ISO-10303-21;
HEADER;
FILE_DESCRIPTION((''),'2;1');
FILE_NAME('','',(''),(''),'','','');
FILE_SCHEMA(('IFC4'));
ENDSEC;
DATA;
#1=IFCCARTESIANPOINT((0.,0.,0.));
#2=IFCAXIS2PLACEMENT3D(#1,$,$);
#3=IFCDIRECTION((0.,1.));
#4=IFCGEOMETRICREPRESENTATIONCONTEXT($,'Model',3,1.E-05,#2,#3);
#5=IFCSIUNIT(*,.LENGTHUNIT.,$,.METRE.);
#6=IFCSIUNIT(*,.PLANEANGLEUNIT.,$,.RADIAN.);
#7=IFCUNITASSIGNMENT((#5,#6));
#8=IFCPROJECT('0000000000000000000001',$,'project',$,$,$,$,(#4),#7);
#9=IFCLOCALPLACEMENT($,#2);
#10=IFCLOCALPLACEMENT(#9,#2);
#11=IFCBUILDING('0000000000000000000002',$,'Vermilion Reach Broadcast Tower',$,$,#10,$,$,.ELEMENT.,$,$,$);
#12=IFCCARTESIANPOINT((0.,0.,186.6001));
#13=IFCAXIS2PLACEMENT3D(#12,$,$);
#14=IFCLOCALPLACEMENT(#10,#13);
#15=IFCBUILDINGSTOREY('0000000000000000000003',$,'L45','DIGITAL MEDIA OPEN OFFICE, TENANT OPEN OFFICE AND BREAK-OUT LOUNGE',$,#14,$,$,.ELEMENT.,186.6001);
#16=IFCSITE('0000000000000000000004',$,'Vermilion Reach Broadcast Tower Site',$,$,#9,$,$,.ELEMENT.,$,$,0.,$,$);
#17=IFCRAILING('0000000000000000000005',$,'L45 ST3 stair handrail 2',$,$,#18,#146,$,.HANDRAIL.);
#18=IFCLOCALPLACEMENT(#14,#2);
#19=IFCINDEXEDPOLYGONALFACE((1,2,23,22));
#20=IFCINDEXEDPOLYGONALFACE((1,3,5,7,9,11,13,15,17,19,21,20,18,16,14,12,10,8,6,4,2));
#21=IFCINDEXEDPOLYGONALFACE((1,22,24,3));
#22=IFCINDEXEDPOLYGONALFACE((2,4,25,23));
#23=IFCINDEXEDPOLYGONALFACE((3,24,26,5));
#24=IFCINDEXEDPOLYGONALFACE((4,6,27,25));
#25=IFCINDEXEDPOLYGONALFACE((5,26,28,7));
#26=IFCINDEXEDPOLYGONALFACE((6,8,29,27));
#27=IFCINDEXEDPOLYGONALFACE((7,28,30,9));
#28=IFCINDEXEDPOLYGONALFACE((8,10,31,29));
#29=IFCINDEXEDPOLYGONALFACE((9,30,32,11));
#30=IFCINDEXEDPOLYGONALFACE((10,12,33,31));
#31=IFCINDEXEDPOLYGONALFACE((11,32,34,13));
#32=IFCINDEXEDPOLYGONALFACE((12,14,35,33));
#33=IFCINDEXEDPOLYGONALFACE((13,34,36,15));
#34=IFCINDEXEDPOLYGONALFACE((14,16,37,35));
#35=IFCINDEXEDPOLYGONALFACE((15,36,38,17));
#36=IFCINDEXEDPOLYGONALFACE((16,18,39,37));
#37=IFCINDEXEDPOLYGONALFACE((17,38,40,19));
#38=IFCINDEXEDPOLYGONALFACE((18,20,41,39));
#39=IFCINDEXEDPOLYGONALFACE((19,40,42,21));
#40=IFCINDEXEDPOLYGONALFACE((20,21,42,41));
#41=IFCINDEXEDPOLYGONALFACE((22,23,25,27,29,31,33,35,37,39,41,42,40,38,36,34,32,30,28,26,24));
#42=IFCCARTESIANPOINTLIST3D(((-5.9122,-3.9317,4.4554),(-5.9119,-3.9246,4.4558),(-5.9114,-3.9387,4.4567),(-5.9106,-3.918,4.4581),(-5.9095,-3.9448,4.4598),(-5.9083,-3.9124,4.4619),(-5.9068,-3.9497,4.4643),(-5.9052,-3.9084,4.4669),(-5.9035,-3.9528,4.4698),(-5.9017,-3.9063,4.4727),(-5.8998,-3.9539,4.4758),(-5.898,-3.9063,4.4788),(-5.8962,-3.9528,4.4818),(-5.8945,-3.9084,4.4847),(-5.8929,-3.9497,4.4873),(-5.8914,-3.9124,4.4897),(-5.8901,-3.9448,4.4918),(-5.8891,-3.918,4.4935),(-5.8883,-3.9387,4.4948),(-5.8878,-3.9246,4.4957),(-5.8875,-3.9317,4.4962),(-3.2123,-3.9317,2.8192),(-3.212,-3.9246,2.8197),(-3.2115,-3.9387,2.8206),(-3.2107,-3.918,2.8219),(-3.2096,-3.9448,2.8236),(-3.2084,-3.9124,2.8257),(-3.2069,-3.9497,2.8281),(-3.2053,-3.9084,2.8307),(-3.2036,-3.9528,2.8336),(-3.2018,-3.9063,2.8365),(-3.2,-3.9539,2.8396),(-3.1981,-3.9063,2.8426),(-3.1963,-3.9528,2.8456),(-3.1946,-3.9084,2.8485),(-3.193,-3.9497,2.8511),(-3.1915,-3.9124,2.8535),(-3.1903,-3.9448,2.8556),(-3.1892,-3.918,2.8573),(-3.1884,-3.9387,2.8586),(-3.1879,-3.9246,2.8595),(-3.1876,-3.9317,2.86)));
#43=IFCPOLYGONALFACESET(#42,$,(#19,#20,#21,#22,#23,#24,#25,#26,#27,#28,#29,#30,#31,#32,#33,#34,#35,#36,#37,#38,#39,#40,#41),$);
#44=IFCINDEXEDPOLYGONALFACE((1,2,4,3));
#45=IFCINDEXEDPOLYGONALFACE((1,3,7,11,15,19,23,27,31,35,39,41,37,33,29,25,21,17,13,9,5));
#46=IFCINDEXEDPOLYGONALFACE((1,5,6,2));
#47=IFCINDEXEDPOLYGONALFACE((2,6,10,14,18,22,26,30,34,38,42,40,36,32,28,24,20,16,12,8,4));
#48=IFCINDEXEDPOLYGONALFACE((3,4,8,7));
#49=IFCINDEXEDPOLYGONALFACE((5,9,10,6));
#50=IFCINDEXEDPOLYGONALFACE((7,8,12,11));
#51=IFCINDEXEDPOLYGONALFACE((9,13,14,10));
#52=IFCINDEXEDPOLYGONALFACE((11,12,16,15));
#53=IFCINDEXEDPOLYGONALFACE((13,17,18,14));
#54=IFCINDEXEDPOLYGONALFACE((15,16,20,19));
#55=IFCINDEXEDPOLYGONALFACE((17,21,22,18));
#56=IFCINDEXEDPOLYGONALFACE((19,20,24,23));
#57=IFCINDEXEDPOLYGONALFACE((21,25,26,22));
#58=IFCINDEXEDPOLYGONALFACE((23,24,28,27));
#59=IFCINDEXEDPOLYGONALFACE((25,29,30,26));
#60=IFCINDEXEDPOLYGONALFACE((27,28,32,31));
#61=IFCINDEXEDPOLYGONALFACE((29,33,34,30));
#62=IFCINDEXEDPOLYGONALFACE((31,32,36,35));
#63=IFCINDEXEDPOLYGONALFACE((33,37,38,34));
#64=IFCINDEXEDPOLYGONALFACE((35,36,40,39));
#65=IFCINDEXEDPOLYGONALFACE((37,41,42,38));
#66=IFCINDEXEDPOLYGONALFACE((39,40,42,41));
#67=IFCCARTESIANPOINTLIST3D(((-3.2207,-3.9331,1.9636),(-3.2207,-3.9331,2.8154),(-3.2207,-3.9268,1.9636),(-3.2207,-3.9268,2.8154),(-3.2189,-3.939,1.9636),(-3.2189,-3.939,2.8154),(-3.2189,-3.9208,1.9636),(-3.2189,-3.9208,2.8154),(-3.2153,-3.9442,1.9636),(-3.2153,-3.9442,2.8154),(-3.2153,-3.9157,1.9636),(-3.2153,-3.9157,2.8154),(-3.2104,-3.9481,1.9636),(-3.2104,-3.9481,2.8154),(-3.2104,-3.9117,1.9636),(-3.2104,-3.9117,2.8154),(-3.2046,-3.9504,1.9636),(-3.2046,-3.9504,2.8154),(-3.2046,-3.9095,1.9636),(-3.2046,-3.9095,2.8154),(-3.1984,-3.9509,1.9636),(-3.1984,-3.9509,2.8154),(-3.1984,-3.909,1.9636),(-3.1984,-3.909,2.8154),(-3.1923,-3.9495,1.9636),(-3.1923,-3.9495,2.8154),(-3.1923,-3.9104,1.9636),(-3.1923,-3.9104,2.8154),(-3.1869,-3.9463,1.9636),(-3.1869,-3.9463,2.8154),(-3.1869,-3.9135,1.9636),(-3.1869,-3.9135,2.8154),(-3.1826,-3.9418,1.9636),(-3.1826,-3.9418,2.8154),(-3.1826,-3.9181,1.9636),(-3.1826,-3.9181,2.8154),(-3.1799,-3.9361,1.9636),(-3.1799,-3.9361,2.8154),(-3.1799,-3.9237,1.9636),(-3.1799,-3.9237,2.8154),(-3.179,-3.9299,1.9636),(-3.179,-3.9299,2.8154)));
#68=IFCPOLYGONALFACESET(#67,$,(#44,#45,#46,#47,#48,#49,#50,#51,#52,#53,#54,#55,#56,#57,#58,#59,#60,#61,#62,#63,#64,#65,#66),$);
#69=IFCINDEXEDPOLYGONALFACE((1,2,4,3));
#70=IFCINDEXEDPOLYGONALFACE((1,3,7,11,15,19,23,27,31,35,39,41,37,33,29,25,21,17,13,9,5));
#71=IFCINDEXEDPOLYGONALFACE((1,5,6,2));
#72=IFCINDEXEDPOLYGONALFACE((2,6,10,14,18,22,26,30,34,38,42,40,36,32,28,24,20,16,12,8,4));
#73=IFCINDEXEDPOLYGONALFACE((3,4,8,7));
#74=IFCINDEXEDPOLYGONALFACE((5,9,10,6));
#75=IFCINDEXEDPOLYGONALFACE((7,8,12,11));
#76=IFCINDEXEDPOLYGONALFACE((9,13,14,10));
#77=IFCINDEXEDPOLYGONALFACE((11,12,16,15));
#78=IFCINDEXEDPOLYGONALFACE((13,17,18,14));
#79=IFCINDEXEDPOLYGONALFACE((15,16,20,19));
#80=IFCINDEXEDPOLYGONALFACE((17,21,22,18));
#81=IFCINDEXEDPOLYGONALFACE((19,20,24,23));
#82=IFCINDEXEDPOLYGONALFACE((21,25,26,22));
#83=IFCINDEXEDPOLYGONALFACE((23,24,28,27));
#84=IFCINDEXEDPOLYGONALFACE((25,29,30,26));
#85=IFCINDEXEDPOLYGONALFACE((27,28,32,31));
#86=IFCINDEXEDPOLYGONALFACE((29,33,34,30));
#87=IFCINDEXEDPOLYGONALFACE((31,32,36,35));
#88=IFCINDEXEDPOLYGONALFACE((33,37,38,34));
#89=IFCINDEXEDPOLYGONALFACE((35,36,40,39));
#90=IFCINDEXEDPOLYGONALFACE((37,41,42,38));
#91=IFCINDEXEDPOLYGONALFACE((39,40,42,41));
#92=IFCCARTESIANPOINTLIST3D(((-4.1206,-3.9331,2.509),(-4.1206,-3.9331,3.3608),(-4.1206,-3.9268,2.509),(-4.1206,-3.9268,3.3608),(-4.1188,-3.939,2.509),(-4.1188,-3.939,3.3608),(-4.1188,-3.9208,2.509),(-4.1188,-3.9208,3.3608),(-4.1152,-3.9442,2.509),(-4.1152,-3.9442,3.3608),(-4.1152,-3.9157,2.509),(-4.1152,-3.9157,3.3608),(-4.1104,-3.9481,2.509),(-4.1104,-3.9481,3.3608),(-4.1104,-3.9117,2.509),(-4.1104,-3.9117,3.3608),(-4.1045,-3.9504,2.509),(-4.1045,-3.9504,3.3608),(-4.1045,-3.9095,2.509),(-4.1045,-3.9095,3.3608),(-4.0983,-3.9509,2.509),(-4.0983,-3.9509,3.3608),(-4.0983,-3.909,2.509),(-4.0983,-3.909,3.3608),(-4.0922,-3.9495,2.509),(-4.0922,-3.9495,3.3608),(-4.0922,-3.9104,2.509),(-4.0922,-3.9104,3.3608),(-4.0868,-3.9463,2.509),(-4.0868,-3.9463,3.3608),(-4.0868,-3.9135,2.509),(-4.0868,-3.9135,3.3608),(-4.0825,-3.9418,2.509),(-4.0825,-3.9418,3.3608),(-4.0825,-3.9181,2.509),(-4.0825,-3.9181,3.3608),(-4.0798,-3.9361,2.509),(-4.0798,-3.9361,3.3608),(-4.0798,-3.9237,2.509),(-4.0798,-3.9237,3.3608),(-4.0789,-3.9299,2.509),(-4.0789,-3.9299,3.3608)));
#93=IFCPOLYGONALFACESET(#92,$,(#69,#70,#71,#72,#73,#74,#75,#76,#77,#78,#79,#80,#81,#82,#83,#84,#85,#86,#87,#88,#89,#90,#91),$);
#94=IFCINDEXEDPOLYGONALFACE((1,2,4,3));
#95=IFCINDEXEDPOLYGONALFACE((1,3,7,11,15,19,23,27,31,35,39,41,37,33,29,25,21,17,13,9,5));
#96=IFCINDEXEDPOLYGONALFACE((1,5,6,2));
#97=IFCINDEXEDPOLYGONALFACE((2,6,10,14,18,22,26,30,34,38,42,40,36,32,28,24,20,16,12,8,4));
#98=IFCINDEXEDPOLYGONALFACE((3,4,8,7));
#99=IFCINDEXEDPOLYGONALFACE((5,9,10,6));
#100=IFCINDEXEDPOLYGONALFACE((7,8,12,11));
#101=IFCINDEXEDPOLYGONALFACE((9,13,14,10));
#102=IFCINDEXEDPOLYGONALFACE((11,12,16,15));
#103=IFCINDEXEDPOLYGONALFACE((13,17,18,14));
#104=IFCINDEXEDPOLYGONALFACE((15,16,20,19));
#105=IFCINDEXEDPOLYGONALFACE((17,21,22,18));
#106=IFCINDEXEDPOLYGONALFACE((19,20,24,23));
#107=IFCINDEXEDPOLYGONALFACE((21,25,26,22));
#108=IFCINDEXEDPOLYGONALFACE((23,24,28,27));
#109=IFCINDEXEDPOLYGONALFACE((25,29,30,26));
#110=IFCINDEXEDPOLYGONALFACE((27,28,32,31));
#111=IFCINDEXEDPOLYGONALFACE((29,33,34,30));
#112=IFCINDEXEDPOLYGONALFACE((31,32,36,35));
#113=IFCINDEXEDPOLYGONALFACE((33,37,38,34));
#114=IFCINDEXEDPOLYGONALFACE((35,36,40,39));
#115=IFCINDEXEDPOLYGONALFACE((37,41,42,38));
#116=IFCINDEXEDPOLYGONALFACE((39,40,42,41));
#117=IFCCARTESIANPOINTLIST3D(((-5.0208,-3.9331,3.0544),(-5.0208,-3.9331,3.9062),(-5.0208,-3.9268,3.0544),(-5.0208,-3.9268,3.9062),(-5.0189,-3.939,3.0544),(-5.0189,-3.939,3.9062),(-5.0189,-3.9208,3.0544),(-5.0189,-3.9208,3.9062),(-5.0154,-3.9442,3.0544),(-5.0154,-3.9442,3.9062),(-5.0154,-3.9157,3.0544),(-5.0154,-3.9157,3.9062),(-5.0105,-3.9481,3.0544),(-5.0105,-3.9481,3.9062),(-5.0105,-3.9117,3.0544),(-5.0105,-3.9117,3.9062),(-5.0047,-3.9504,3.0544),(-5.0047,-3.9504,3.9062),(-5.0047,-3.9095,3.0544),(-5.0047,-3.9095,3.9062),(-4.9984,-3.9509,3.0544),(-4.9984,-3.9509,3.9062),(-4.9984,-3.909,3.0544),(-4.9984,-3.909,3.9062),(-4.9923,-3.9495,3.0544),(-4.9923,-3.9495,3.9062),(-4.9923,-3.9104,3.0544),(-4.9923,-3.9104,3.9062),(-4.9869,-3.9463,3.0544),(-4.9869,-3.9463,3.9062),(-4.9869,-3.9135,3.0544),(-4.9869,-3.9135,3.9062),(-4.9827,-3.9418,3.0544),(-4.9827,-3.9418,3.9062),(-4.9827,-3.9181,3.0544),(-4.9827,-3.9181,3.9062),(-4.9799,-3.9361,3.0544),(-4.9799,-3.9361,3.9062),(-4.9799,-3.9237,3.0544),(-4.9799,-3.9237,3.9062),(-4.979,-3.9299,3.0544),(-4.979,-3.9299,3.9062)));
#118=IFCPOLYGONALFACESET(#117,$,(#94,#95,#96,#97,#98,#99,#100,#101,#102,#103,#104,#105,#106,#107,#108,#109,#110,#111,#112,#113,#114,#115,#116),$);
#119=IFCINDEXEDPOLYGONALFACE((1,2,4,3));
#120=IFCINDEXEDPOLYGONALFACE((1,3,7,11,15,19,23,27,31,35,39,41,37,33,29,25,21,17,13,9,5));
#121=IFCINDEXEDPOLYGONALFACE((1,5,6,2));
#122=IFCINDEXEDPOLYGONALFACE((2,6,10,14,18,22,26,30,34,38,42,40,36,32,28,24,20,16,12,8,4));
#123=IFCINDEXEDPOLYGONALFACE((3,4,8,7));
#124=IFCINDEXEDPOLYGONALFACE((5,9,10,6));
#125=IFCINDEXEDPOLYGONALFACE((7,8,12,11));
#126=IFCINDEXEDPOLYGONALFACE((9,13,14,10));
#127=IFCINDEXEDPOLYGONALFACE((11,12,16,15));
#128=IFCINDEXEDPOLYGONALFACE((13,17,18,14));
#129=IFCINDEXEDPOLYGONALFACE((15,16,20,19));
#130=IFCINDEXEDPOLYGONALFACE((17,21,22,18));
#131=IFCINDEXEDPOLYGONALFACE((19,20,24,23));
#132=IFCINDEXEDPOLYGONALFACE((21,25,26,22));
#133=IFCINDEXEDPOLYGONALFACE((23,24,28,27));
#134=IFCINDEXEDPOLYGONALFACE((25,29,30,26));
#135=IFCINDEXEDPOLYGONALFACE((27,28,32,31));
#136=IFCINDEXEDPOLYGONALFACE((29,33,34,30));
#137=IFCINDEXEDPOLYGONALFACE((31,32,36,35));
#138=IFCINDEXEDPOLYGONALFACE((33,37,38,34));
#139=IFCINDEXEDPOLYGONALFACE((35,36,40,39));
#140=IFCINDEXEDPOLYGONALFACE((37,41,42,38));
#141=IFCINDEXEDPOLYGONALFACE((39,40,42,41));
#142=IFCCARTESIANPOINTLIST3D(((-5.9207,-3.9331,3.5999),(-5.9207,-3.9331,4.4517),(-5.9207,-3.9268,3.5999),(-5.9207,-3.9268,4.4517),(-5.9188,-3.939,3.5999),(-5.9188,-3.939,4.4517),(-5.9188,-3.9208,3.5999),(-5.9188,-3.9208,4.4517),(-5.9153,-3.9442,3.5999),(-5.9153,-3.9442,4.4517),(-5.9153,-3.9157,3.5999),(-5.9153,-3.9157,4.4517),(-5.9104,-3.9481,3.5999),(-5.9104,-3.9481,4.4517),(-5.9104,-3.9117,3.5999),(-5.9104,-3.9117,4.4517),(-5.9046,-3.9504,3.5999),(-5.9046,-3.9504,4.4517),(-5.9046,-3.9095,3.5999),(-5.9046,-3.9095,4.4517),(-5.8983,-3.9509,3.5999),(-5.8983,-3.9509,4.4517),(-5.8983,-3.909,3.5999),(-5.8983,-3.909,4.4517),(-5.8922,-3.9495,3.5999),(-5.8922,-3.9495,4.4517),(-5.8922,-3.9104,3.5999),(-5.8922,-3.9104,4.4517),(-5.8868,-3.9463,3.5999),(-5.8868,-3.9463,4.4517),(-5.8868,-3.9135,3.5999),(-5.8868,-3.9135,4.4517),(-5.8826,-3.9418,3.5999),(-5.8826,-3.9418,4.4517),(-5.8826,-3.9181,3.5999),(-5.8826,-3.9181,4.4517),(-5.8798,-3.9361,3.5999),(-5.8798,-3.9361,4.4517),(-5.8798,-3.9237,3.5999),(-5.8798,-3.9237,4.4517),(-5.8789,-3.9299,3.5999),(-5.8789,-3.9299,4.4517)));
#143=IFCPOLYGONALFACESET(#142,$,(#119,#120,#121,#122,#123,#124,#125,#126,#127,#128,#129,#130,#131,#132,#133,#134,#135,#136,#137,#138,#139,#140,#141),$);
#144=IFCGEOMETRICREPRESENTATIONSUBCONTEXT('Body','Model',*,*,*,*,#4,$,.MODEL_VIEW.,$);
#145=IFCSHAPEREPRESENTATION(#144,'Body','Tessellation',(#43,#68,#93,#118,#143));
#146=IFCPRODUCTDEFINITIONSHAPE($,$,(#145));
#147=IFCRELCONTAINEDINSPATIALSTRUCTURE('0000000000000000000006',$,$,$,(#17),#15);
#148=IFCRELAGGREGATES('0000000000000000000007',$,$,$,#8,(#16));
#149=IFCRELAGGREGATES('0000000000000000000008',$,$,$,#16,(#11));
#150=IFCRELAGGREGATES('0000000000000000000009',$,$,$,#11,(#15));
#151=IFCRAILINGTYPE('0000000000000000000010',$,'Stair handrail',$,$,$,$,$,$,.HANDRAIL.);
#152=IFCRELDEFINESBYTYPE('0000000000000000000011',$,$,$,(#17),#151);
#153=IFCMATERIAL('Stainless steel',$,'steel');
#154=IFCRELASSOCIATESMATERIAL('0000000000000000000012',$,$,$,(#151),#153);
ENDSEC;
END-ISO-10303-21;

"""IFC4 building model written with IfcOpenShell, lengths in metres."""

from ifc_helpers import new_model, si_unit, direction, frame, origin, origin_2d, place, context, subcontext, project, spatial, circle, extrude, material, type_object, element, save


model = new_model("IFC4")

# Units and contexts
model_context = context("Model", 3, precision=1e-05, world=origin(), true_north=direction((0.0, 1.0)))
body_context = subcontext(model_context, "Body", "Model", "MODEL_VIEW")
ifc_project = project(units=[si_unit("LENGTHUNIT", "METRE"), si_unit("PLANEANGLEUNIT", "RADIAN")], contexts=[model_context])

# Site, building, storey
site_placement = place(None, origin())
site = spatial("IfcSite", under=ifc_project, at=site_placement, Name="Vermilion Reach Broadcast Tower Site", CompositionType="ELEMENT", RefElevation=0.0)
building_placement = place(site_placement, origin())
building = spatial("IfcBuilding", under=site, at=building_placement, Name="Vermilion Reach Broadcast Tower", CompositionType="ELEMENT")
storey_placement = place(building_placement, frame((0.0, 0.0, 186.6001)))
storey = spatial("IfcBuildingStorey", under=building, at=storey_placement, Name="L45", Description="DIGITAL MEDIA OPEN OFFICE, TENANT OPEN OFFICE AND BREAK-OUT LOUNGE", CompositionType="ELEMENT", Elevation=186.6001)

# Railing
ifc_material_1 = material(Name="Stainless steel", Category="steel")
railing_type_1 = type_object("IfcRailingType", Name="Stair handrail", PredefinedType="HANDRAIL", material=ifc_material_1)
railing_1_placement = place(storey_placement, frame((-3.2, -3.9299, 1.9636)))
element("IfcRailing", 1, at=railing_1_placement, inside=storey, type_object=railing_type_1, Name="L45 ST3 stair handrail 2", PredefinedType="HANDRAIL", context=body_context, shape_type="SweptSolid", body=[
    extrude(circle(Radius=0.0239, at=origin_2d()), frame((0.0, 0.0, 0.876), z_axis=(-0.855212, 0.0, 0.518278), x_axis=(0.0, -1.0, 0.0)), (0.0, 0.0, 1.0), 3.157),
    extrude(circle(Radius=0.021, at=origin_2d()), origin(), (0.0, 0.0, 1.0), 0.8518),
    extrude(circle(Radius=0.021, at=origin_2d()), frame((-0.8999, 0.0, 0.5454)), (0.0, 0.0, 1.0), 0.8518),
    extrude(circle(Radius=0.021, at=origin_2d()), frame((-1.8, 0.0, 1.0908)), (0.0, 0.0, 1.0), 0.8518),
    extrude(circle(Radius=0.021, at=origin_2d()), frame((-2.7, 0.0, 1.6362)), (0.0, 0.0, 1.0), 0.8518),
])

save(model, "model.ifc")
